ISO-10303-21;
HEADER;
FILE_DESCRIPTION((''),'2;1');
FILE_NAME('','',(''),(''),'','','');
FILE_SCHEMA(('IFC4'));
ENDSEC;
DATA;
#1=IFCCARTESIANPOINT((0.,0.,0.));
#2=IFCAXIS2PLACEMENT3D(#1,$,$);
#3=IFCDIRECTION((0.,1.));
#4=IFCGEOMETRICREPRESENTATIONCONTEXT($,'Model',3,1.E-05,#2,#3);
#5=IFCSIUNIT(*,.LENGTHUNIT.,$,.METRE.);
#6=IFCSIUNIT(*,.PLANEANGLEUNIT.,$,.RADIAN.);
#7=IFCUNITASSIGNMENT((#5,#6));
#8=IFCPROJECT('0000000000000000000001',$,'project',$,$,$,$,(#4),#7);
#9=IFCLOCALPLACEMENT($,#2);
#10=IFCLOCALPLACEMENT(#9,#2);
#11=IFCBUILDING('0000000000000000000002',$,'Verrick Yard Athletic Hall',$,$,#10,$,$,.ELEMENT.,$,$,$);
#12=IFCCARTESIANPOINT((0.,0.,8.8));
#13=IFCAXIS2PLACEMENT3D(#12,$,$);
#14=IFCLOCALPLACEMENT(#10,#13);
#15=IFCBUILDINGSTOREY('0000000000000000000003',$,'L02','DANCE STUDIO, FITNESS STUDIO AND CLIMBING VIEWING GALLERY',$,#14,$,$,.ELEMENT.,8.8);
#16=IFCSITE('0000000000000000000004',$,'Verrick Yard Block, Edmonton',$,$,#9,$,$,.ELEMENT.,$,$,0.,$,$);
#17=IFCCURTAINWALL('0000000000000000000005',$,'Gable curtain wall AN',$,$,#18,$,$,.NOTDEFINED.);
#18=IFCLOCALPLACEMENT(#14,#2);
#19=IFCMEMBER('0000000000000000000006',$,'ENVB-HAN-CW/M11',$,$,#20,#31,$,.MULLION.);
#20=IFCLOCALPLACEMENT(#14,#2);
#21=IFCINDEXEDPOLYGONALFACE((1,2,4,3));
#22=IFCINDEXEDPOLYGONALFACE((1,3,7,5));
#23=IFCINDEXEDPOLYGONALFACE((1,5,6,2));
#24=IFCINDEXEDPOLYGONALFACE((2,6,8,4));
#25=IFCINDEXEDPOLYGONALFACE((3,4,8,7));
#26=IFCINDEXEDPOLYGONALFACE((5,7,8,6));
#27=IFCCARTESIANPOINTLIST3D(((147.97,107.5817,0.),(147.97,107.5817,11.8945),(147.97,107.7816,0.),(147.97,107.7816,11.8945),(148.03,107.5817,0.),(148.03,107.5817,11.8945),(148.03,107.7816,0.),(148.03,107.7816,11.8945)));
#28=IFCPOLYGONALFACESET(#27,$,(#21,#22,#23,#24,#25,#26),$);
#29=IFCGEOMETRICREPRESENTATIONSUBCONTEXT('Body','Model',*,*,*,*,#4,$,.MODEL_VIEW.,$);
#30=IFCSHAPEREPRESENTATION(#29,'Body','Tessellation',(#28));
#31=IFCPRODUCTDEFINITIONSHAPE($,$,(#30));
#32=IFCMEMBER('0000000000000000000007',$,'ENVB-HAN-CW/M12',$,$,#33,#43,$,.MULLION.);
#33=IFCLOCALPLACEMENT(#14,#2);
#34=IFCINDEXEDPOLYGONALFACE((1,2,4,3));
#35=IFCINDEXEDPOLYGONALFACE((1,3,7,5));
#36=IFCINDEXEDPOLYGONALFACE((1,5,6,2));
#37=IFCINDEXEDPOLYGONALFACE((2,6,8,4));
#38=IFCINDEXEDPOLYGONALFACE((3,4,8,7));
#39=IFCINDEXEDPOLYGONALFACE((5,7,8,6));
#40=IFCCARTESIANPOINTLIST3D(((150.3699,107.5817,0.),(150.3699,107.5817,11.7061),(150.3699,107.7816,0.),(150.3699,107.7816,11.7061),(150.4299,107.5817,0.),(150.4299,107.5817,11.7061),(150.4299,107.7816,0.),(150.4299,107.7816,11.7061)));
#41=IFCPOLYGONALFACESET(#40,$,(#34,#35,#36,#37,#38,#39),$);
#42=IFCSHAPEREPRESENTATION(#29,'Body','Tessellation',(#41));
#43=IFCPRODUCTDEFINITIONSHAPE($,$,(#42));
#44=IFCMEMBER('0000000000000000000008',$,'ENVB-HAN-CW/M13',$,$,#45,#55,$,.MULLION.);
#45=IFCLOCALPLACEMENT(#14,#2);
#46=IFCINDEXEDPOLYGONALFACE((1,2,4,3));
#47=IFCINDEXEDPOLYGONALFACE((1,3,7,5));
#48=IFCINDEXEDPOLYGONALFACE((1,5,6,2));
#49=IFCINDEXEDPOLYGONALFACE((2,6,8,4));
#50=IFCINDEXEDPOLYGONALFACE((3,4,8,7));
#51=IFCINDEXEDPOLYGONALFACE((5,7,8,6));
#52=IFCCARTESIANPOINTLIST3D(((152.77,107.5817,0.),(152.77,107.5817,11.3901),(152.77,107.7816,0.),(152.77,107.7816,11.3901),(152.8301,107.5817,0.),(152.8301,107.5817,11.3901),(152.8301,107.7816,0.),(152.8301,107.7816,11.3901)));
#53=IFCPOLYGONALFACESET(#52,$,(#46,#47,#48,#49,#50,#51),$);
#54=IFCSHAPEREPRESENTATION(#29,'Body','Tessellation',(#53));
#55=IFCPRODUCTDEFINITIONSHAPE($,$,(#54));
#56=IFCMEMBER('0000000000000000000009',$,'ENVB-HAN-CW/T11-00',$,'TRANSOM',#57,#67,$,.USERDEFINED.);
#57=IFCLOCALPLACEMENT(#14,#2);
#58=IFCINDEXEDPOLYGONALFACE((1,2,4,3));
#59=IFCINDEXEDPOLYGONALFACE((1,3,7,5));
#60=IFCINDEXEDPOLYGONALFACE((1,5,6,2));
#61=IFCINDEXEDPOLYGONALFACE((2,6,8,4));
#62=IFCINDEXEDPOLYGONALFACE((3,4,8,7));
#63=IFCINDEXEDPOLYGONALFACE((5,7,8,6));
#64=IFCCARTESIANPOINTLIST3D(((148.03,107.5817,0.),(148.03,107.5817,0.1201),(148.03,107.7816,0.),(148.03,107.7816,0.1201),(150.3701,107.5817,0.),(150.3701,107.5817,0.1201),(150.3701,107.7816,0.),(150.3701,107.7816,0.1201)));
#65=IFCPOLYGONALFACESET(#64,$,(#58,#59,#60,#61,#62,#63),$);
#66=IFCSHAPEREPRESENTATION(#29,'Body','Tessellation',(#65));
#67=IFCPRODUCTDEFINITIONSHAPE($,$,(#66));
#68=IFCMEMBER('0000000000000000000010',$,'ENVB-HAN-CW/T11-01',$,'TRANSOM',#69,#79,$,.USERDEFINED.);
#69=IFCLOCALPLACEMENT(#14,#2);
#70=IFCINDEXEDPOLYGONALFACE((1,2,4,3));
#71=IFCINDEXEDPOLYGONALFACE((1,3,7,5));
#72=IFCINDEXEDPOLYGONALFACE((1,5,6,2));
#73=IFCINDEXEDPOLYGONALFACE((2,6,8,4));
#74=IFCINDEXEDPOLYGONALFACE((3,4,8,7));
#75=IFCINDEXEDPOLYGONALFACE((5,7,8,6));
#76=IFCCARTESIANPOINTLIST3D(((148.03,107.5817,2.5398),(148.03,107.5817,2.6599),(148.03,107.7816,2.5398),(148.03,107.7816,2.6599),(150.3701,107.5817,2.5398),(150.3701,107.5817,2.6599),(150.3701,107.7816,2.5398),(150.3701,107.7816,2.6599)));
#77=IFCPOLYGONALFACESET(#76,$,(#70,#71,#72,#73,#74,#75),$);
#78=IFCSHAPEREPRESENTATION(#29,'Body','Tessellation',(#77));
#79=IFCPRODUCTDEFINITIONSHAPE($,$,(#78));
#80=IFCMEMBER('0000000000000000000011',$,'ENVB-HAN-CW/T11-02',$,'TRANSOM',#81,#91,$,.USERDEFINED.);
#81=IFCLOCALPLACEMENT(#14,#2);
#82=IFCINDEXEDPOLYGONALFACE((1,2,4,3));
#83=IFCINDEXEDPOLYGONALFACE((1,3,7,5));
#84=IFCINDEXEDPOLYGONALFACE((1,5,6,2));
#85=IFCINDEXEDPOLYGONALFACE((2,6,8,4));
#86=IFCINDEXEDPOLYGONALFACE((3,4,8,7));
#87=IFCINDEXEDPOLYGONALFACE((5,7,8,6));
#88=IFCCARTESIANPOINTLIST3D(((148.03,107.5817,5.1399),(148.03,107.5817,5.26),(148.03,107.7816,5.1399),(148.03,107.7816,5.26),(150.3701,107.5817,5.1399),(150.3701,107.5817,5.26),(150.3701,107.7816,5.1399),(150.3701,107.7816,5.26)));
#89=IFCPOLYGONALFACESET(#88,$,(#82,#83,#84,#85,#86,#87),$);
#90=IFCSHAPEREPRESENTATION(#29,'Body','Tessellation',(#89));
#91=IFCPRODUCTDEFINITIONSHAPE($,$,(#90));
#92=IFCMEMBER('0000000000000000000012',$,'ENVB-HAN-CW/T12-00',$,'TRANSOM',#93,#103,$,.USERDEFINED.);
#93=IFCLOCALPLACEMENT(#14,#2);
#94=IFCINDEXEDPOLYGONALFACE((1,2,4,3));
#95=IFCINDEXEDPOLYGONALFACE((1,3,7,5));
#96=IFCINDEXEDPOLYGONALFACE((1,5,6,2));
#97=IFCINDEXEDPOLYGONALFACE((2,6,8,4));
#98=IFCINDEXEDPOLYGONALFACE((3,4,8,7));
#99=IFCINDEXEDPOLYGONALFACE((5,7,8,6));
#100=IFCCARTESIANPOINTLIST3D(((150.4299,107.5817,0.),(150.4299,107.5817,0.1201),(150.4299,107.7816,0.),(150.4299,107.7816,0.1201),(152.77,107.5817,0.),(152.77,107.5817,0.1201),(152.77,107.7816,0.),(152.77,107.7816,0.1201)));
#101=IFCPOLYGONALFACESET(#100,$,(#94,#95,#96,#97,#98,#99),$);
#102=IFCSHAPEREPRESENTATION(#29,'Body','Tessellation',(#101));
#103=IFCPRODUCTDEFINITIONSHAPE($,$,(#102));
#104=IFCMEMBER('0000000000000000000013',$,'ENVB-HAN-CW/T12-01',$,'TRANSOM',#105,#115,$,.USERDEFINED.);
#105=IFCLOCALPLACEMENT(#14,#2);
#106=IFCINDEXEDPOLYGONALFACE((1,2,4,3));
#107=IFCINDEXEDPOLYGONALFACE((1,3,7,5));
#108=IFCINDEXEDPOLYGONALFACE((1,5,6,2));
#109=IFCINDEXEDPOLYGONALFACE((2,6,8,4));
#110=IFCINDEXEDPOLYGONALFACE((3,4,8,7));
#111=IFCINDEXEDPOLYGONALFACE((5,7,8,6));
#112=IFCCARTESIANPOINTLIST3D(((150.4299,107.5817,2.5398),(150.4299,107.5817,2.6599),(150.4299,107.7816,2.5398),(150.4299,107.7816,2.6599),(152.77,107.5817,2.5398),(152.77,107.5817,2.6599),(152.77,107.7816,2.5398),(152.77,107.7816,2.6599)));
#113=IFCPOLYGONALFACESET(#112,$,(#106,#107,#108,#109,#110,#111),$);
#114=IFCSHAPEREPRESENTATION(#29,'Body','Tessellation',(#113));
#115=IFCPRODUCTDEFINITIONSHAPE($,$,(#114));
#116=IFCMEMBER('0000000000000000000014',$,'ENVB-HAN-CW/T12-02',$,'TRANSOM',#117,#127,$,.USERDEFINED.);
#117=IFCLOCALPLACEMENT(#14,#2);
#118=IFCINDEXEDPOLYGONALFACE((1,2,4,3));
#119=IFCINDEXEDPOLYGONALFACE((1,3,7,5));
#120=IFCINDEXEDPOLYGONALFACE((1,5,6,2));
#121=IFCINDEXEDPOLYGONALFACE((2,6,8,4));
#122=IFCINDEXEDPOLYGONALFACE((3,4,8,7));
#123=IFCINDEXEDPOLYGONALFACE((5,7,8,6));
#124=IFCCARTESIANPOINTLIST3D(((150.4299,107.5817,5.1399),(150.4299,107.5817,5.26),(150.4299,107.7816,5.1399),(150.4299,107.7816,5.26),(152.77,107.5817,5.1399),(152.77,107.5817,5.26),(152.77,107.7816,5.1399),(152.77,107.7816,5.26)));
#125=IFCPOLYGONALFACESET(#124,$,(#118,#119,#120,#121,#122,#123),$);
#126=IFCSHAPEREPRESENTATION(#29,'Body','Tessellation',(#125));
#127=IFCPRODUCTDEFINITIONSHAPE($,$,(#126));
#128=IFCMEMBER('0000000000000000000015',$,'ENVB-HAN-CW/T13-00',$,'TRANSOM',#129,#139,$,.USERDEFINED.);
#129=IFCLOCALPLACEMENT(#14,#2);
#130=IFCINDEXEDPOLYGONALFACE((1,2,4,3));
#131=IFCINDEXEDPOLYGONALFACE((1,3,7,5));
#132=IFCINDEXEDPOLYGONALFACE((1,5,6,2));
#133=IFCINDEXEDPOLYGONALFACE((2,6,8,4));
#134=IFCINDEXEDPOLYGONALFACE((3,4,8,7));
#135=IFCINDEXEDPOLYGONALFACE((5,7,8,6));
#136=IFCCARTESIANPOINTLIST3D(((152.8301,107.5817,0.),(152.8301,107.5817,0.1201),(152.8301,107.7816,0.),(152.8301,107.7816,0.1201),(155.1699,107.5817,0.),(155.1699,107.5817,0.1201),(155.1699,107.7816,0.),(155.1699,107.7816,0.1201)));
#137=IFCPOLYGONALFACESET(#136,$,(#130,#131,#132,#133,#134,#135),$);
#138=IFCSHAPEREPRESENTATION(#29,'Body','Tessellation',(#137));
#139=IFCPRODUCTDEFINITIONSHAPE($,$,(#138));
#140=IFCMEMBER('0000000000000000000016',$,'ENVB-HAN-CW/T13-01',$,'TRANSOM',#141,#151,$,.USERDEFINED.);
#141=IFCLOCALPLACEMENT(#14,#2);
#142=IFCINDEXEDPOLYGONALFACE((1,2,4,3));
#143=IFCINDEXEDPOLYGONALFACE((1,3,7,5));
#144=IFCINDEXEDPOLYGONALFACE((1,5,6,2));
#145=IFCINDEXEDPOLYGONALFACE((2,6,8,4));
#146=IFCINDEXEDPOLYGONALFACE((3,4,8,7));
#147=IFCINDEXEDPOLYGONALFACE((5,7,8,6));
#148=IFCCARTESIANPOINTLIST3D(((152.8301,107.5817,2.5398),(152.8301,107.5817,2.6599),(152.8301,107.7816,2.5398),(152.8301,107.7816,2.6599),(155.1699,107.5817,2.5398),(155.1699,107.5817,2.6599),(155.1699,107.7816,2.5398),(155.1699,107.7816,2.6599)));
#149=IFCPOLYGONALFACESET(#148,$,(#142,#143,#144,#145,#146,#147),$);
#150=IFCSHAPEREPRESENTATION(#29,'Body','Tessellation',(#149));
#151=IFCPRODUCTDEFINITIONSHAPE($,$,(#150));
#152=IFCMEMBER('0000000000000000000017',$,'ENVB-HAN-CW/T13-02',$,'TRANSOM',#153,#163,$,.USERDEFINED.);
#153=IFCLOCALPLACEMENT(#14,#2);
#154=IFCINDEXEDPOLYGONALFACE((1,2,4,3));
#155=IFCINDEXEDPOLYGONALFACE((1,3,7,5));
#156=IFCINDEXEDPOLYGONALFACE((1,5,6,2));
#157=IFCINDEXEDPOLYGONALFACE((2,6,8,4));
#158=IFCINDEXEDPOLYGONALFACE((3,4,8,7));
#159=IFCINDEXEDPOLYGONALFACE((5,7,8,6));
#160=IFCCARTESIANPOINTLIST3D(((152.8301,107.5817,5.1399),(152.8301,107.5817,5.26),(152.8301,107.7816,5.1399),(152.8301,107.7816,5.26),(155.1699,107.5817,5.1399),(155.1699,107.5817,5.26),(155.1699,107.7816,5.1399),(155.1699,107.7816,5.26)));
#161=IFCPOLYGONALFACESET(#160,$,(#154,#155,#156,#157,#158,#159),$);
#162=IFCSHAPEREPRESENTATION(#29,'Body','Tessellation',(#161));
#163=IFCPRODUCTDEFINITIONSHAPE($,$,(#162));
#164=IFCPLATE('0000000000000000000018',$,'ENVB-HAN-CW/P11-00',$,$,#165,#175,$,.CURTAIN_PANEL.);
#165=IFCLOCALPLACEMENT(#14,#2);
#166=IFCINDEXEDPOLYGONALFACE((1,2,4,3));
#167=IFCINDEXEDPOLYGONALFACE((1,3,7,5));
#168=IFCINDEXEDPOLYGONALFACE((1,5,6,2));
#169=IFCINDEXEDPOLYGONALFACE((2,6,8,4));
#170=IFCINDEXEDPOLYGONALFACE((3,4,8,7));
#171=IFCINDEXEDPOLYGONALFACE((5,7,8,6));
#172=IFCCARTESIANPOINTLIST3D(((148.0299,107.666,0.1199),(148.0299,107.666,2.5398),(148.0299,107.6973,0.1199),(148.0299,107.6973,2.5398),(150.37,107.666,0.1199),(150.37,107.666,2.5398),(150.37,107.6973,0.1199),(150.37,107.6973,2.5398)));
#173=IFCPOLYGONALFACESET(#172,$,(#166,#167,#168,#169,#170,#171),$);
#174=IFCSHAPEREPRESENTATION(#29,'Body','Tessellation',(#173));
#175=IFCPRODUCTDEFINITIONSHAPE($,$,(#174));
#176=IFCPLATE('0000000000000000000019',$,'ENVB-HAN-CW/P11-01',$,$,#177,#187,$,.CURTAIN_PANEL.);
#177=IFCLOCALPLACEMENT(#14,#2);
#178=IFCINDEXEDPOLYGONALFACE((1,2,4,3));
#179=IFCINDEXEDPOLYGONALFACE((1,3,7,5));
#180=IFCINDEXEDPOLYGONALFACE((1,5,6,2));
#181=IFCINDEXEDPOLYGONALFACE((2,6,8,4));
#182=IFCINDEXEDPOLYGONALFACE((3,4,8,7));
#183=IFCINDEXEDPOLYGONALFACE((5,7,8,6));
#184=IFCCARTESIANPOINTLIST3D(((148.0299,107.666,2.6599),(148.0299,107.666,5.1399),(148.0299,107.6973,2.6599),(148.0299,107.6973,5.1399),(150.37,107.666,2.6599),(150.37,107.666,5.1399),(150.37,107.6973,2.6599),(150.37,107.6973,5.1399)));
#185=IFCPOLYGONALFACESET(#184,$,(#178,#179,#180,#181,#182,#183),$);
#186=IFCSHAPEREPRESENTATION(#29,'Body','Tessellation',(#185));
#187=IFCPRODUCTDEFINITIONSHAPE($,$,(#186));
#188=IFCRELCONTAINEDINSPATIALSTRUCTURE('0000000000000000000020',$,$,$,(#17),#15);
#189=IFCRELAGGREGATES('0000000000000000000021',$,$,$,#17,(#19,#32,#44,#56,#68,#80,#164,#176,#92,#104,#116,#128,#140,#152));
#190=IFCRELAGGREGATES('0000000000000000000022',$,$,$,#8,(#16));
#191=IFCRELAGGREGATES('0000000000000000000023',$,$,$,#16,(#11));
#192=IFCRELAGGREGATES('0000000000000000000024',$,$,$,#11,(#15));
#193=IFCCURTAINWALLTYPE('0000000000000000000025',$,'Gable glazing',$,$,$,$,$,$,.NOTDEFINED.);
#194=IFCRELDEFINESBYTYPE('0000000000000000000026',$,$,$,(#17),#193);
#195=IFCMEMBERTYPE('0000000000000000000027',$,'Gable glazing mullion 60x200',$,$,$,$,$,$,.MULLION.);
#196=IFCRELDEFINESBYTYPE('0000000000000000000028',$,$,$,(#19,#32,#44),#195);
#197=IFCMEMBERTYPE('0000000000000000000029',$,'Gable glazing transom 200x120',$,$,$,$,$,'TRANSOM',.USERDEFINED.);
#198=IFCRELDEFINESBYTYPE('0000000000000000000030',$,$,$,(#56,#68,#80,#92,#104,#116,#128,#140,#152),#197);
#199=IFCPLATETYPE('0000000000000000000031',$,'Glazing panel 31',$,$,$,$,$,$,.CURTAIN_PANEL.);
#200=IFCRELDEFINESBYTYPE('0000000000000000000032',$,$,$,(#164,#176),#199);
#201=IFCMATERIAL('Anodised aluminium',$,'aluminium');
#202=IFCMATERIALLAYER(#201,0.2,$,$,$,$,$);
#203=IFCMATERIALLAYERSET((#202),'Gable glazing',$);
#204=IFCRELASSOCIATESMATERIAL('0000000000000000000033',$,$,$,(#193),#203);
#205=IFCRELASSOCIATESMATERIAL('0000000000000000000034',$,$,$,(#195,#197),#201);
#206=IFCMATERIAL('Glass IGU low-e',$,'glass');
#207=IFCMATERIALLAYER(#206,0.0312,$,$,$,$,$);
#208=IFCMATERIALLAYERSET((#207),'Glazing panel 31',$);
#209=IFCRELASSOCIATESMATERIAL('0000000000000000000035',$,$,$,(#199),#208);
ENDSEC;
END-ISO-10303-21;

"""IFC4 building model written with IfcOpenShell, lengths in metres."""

from ifc_helpers import new_model, si_unit, direction, frame, origin, origin_2d, place, context, subcontext, project, spatial, rectangle, extrude, material, layer, layer_set, material_profile, profile_set, type_object, element, aggregate, save


model = new_model("IFC4")

# Units and contexts
model_context = context("Model", 3, precision=1e-05, world=origin(), true_north=direction((0.0, 1.0)))
body_context = subcontext(model_context, "Body", "Model", "MODEL_VIEW")
ifc_project = project(units=[si_unit("LENGTHUNIT", "METRE"), si_unit("PLANEANGLEUNIT", "RADIAN")], contexts=[model_context])

# Site, building, storey
site_placement = place(None, origin())
site = spatial("IfcSite", under=ifc_project, at=site_placement, Name="Verrick Yard Block, Edmonton", CompositionType="ELEMENT", RefElevation=0.0)
building_placement = place(site_placement, origin())
building = spatial("IfcBuilding", under=site, at=building_placement, Name="Verrick Yard Athletic Hall", CompositionType="ELEMENT")
storey_placement = place(building_placement, frame((0.0, 0.0, 8.8)))
storey = spatial("IfcBuildingStorey", under=building, at=storey_placement, Name="L02", Description="DANCE STUDIO, FITNESS STUDIO AND CLIMBING VIEWING GALLERY", CompositionType="ELEMENT", Elevation=8.8)

# Curtain wall, members, plates
ifc_material_1 = material(Name="Anodised aluminium", Category="aluminium")
ifc_layer_1 = layer(ifc_material_1, 0.2)
ifc_layer_set_1 = layer_set([ifc_layer_1], Name="Gable glazing")
curtain_wall_type = type_object("IfcCurtainWallType", Name="Gable glazing", PredefinedType="NOTDEFINED", material=ifc_layer_set_1)
curtain_wall_placement = place(storey_placement, origin())
curtain_wall = element("IfcCurtainWall", 1, at=curtain_wall_placement, inside=storey, type_object=curtain_wall_type, Name="Gable curtain wall AN", PredefinedType="NOTDEFINED")
ifc_material_profile_1 = material_profile(ifc_material_1, rectangle(XDim=0.2, YDim=0.0601, at=origin_2d()), Name="CW gable mullion 60x200")
ifc_profile_set_1 = profile_set([ifc_material_profile_1], Name="Anodised aluminium")
member_type_1 = type_object("IfcMemberType", Name="Gable glazing mullion 60x200", PredefinedType="MULLION", material=ifc_profile_set_1)
member_1_placement = place(storey_placement, frame((148.0, 107.6816, 0.0), z_axis=(0.0, 0.0, 1.0), x_axis=(0.0, 1.0, 0.0)))
member_1 = element("IfcMember", 2, at=member_1_placement, type_object=member_type_1, Name="ENVB-HAN-CW/M11", PredefinedType="MULLION", context=body_context, shape_type="SweptSolid", body=[
    extrude(rectangle(XDim=0.2, YDim=0.0601, at=origin_2d()), origin(), (0.0, 0.0, 1.0), 11.8945),
])
member_2_placement = place(storey_placement, frame((150.3999, 107.6816, 0.0), z_axis=(0.0, 0.0, 1.0), x_axis=(0.0, 1.0, 0.0)))
member_2 = element("IfcMember", 3, at=member_2_placement, type_object=member_type_1, Name="ENVB-HAN-CW/M12", PredefinedType="MULLION", context=body_context, shape_type="SweptSolid", body=[
    extrude(rectangle(XDim=0.2, YDim=0.0601, at=origin_2d()), origin(), (0.0, 0.0, 1.0), 11.7061),
])
member_3_placement = place(storey_placement, frame((152.8, 107.6816, 0.0), z_axis=(0.0, 0.0, 1.0), x_axis=(0.0, 1.0, 0.0)))
member_3 = element("IfcMember", 4, at=member_3_placement, type_object=member_type_1, Name="ENVB-HAN-CW/M13", PredefinedType="MULLION", context=body_context, shape_type="SweptSolid", body=[
    extrude(rectangle(XDim=0.2, YDim=0.0601, at=origin_2d()), origin(), (0.0, 0.0, 1.0), 11.3901),
])
ifc_material_profile_2 = material_profile(ifc_material_1, rectangle(XDim=0.2, YDim=0.1201, at=origin_2d()), Name="CW gable transom 200x120")
ifc_profile_set_2 = profile_set([ifc_material_profile_2], Name="Anodised aluminium")
member_type_2 = type_object("IfcMemberType", Name="Gable glazing transom 200x120", ElementType="TRANSOM", PredefinedType="USERDEFINED", material=ifc_profile_set_2)
member_4_placement = place(storey_placement, frame((148.03, 107.6816, 0.0601), z_axis=(1.0, 0.0, 0.0), x_axis=(0.0, 1.0, 0.0)))
member_4 = element("IfcMember", 5, at=member_4_placement, type_object=member_type_2, Name="ENVB-HAN-CW/T11-00", ObjectType="TRANSOM", PredefinedType="USERDEFINED", context=body_context, shape_type="SweptSolid", body=[
    extrude(rectangle(XDim=0.2, YDim=0.1201, at=origin_2d()), origin(), (0.0, 0.0, 1.0), 2.3401),
])
member_5_placement = place(storey_placement, frame((148.03, 107.6816, 2.5999), z_axis=(1.0, 0.0, 0.0), x_axis=(0.0, 1.0, 0.0)))
member_5 = element("IfcMember", 6, at=member_5_placement, type_object=member_type_2, Name="ENVB-HAN-CW/T11-01", ObjectType="TRANSOM", PredefinedType="USERDEFINED", context=body_context, shape_type="SweptSolid", body=[
    extrude(rectangle(XDim=0.2, YDim=0.1201, at=origin_2d()), origin(), (0.0, 0.0, 1.0), 2.3401),
])
member_6_placement = place(storey_placement, frame((148.03, 107.6816, 5.2), z_axis=(1.0, 0.0, 0.0), x_axis=(0.0, 1.0, 0.0)))
member_6 = element("IfcMember", 7, at=member_6_placement, type_object=member_type_2, Name="ENVB-HAN-CW/T11-02", ObjectType="TRANSOM", PredefinedType="USERDEFINED", context=body_context, shape_type="SweptSolid", body=[
    extrude(rectangle(XDim=0.2, YDim=0.1201, at=origin_2d()), origin(), (0.0, 0.0, 1.0), 2.3401),
])
member_7_placement = place(storey_placement, frame((150.4299, 107.6816, 0.0601), z_axis=(1.0, 0.0, 0.0), x_axis=(0.0, 1.0, 0.0)))
member_7 = element("IfcMember", 8, at=member_7_placement, type_object=member_type_2, Name="ENVB-HAN-CW/T12-00", ObjectType="TRANSOM", PredefinedType="USERDEFINED", context=body_context, shape_type="SweptSolid", body=[
    extrude(rectangle(XDim=0.2, YDim=0.1201, at=origin_2d()), origin(), (0.0, 0.0, 1.0), 2.3401),
])
member_8_placement = place(storey_placement, frame((150.4299, 107.6816, 2.5999), z_axis=(1.0, 0.0, 0.0), x_axis=(0.0, 1.0, 0.0)))
member_8 = element("IfcMember", 9, at=member_8_placement, type_object=member_type_2, Name="ENVB-HAN-CW/T12-01", ObjectType="TRANSOM", PredefinedType="USERDEFINED", context=body_context, shape_type="SweptSolid", body=[
    extrude(rectangle(XDim=0.2, YDim=0.1201, at=origin_2d()), origin(), (0.0, 0.0, 1.0), 2.3401),
])
member_9_placement = place(storey_placement, frame((150.4299, 107.6816, 5.2), z_axis=(1.0, 0.0, 0.0), x_axis=(0.0, 1.0, 0.0)))
member_9 = element("IfcMember", 10, at=member_9_placement, type_object=member_type_2, Name="ENVB-HAN-CW/T12-02", ObjectType="TRANSOM", PredefinedType="USERDEFINED", context=body_context, shape_type="SweptSolid", body=[
    extrude(rectangle(XDim=0.2, YDim=0.1201, at=origin_2d()), origin(), (0.0, 0.0, 1.0), 2.3401),
])
member_10_placement = place(storey_placement, frame((152.8301, 107.6816, 0.0601), z_axis=(1.0, 0.0, 0.0), x_axis=(0.0, 1.0, 0.0)))
member_10 = element("IfcMember", 11, at=member_10_placement, type_object=member_type_2, Name="ENVB-HAN-CW/T13-00", ObjectType="TRANSOM", PredefinedType="USERDEFINED", context=body_context, shape_type="SweptSolid", body=[
    extrude(rectangle(XDim=0.2, YDim=0.1201, at=origin_2d()), origin(), (0.0, 0.0, 1.0), 2.3398),
])
member_11_placement = place(storey_placement, frame((152.8301, 107.6816, 2.5999), z_axis=(1.0, 0.0, 0.0), x_axis=(0.0, 1.0, 0.0)))
member_11 = element("IfcMember", 12, at=member_11_placement, type_object=member_type_2, Name="ENVB-HAN-CW/T13-01", ObjectType="TRANSOM", PredefinedType="USERDEFINED", context=body_context, shape_type="SweptSolid", body=[
    extrude(rectangle(XDim=0.2, YDim=0.1201, at=origin_2d()), origin(), (0.0, 0.0, 1.0), 2.3398),
])
member_12_placement = place(storey_placement, frame((152.8301, 107.6816, 5.2), z_axis=(1.0, 0.0, 0.0), x_axis=(0.0, 1.0, 0.0)))
member_12 = element("IfcMember", 13, at=member_12_placement, type_object=member_type_2, Name="ENVB-HAN-CW/T13-02", ObjectType="TRANSOM", PredefinedType="USERDEFINED", context=body_context, shape_type="SweptSolid", body=[
    extrude(rectangle(XDim=0.2, YDim=0.1201, at=origin_2d()), origin(), (0.0, 0.0, 1.0), 2.3398),
])
ifc_material_2 = material(Name="Glass IGU low-e", Category="glass")
ifc_layer_2 = layer(ifc_material_2, 0.0312)
ifc_layer_set_2 = layer_set([ifc_layer_2], Name="Glazing panel 31")
plate_type = type_object("IfcPlateType", Name="Glazing panel 31", PredefinedType="CURTAIN_PANEL", material=ifc_layer_set_2)
plate_1_placement = place(storey_placement, frame((149.2, 107.6816, 0.1199), z_axis=(0.0, 0.0, 1.0), x_axis=(1.0, 0.0, 0.0)))
plate_1 = element("IfcPlate", 14, at=plate_1_placement, type_object=plate_type, Name="ENVB-HAN-CW/P11-00", PredefinedType="CURTAIN_PANEL", context=body_context, shape_type="SweptSolid", body=[
    extrude(rectangle(XDim=2.3401, YDim=0.0312, at=origin_2d()), origin(), (0.0, 0.0, 1.0), 2.4199),
])
plate_2_placement = place(storey_placement, frame((149.2, 107.6816, 2.6599), z_axis=(0.0, 0.0, 1.0), x_axis=(1.0, 0.0, 0.0)))
plate_2 = element("IfcPlate", 15, at=plate_2_placement, type_object=plate_type, Name="ENVB-HAN-CW/P11-01", PredefinedType="CURTAIN_PANEL", context=body_context, shape_type="SweptSolid", body=[
    extrude(rectangle(XDim=2.3401, YDim=0.0312, at=origin_2d()), origin(), (0.0, 0.0, 1.0), 2.48),
])
aggregate(curtain_wall, [member_1, member_2, member_3, member_4, member_5, member_6, plate_1, plate_2, member_7, member_8, member_9, member_10, member_11, member_12])

save(model, "model.ifc")
